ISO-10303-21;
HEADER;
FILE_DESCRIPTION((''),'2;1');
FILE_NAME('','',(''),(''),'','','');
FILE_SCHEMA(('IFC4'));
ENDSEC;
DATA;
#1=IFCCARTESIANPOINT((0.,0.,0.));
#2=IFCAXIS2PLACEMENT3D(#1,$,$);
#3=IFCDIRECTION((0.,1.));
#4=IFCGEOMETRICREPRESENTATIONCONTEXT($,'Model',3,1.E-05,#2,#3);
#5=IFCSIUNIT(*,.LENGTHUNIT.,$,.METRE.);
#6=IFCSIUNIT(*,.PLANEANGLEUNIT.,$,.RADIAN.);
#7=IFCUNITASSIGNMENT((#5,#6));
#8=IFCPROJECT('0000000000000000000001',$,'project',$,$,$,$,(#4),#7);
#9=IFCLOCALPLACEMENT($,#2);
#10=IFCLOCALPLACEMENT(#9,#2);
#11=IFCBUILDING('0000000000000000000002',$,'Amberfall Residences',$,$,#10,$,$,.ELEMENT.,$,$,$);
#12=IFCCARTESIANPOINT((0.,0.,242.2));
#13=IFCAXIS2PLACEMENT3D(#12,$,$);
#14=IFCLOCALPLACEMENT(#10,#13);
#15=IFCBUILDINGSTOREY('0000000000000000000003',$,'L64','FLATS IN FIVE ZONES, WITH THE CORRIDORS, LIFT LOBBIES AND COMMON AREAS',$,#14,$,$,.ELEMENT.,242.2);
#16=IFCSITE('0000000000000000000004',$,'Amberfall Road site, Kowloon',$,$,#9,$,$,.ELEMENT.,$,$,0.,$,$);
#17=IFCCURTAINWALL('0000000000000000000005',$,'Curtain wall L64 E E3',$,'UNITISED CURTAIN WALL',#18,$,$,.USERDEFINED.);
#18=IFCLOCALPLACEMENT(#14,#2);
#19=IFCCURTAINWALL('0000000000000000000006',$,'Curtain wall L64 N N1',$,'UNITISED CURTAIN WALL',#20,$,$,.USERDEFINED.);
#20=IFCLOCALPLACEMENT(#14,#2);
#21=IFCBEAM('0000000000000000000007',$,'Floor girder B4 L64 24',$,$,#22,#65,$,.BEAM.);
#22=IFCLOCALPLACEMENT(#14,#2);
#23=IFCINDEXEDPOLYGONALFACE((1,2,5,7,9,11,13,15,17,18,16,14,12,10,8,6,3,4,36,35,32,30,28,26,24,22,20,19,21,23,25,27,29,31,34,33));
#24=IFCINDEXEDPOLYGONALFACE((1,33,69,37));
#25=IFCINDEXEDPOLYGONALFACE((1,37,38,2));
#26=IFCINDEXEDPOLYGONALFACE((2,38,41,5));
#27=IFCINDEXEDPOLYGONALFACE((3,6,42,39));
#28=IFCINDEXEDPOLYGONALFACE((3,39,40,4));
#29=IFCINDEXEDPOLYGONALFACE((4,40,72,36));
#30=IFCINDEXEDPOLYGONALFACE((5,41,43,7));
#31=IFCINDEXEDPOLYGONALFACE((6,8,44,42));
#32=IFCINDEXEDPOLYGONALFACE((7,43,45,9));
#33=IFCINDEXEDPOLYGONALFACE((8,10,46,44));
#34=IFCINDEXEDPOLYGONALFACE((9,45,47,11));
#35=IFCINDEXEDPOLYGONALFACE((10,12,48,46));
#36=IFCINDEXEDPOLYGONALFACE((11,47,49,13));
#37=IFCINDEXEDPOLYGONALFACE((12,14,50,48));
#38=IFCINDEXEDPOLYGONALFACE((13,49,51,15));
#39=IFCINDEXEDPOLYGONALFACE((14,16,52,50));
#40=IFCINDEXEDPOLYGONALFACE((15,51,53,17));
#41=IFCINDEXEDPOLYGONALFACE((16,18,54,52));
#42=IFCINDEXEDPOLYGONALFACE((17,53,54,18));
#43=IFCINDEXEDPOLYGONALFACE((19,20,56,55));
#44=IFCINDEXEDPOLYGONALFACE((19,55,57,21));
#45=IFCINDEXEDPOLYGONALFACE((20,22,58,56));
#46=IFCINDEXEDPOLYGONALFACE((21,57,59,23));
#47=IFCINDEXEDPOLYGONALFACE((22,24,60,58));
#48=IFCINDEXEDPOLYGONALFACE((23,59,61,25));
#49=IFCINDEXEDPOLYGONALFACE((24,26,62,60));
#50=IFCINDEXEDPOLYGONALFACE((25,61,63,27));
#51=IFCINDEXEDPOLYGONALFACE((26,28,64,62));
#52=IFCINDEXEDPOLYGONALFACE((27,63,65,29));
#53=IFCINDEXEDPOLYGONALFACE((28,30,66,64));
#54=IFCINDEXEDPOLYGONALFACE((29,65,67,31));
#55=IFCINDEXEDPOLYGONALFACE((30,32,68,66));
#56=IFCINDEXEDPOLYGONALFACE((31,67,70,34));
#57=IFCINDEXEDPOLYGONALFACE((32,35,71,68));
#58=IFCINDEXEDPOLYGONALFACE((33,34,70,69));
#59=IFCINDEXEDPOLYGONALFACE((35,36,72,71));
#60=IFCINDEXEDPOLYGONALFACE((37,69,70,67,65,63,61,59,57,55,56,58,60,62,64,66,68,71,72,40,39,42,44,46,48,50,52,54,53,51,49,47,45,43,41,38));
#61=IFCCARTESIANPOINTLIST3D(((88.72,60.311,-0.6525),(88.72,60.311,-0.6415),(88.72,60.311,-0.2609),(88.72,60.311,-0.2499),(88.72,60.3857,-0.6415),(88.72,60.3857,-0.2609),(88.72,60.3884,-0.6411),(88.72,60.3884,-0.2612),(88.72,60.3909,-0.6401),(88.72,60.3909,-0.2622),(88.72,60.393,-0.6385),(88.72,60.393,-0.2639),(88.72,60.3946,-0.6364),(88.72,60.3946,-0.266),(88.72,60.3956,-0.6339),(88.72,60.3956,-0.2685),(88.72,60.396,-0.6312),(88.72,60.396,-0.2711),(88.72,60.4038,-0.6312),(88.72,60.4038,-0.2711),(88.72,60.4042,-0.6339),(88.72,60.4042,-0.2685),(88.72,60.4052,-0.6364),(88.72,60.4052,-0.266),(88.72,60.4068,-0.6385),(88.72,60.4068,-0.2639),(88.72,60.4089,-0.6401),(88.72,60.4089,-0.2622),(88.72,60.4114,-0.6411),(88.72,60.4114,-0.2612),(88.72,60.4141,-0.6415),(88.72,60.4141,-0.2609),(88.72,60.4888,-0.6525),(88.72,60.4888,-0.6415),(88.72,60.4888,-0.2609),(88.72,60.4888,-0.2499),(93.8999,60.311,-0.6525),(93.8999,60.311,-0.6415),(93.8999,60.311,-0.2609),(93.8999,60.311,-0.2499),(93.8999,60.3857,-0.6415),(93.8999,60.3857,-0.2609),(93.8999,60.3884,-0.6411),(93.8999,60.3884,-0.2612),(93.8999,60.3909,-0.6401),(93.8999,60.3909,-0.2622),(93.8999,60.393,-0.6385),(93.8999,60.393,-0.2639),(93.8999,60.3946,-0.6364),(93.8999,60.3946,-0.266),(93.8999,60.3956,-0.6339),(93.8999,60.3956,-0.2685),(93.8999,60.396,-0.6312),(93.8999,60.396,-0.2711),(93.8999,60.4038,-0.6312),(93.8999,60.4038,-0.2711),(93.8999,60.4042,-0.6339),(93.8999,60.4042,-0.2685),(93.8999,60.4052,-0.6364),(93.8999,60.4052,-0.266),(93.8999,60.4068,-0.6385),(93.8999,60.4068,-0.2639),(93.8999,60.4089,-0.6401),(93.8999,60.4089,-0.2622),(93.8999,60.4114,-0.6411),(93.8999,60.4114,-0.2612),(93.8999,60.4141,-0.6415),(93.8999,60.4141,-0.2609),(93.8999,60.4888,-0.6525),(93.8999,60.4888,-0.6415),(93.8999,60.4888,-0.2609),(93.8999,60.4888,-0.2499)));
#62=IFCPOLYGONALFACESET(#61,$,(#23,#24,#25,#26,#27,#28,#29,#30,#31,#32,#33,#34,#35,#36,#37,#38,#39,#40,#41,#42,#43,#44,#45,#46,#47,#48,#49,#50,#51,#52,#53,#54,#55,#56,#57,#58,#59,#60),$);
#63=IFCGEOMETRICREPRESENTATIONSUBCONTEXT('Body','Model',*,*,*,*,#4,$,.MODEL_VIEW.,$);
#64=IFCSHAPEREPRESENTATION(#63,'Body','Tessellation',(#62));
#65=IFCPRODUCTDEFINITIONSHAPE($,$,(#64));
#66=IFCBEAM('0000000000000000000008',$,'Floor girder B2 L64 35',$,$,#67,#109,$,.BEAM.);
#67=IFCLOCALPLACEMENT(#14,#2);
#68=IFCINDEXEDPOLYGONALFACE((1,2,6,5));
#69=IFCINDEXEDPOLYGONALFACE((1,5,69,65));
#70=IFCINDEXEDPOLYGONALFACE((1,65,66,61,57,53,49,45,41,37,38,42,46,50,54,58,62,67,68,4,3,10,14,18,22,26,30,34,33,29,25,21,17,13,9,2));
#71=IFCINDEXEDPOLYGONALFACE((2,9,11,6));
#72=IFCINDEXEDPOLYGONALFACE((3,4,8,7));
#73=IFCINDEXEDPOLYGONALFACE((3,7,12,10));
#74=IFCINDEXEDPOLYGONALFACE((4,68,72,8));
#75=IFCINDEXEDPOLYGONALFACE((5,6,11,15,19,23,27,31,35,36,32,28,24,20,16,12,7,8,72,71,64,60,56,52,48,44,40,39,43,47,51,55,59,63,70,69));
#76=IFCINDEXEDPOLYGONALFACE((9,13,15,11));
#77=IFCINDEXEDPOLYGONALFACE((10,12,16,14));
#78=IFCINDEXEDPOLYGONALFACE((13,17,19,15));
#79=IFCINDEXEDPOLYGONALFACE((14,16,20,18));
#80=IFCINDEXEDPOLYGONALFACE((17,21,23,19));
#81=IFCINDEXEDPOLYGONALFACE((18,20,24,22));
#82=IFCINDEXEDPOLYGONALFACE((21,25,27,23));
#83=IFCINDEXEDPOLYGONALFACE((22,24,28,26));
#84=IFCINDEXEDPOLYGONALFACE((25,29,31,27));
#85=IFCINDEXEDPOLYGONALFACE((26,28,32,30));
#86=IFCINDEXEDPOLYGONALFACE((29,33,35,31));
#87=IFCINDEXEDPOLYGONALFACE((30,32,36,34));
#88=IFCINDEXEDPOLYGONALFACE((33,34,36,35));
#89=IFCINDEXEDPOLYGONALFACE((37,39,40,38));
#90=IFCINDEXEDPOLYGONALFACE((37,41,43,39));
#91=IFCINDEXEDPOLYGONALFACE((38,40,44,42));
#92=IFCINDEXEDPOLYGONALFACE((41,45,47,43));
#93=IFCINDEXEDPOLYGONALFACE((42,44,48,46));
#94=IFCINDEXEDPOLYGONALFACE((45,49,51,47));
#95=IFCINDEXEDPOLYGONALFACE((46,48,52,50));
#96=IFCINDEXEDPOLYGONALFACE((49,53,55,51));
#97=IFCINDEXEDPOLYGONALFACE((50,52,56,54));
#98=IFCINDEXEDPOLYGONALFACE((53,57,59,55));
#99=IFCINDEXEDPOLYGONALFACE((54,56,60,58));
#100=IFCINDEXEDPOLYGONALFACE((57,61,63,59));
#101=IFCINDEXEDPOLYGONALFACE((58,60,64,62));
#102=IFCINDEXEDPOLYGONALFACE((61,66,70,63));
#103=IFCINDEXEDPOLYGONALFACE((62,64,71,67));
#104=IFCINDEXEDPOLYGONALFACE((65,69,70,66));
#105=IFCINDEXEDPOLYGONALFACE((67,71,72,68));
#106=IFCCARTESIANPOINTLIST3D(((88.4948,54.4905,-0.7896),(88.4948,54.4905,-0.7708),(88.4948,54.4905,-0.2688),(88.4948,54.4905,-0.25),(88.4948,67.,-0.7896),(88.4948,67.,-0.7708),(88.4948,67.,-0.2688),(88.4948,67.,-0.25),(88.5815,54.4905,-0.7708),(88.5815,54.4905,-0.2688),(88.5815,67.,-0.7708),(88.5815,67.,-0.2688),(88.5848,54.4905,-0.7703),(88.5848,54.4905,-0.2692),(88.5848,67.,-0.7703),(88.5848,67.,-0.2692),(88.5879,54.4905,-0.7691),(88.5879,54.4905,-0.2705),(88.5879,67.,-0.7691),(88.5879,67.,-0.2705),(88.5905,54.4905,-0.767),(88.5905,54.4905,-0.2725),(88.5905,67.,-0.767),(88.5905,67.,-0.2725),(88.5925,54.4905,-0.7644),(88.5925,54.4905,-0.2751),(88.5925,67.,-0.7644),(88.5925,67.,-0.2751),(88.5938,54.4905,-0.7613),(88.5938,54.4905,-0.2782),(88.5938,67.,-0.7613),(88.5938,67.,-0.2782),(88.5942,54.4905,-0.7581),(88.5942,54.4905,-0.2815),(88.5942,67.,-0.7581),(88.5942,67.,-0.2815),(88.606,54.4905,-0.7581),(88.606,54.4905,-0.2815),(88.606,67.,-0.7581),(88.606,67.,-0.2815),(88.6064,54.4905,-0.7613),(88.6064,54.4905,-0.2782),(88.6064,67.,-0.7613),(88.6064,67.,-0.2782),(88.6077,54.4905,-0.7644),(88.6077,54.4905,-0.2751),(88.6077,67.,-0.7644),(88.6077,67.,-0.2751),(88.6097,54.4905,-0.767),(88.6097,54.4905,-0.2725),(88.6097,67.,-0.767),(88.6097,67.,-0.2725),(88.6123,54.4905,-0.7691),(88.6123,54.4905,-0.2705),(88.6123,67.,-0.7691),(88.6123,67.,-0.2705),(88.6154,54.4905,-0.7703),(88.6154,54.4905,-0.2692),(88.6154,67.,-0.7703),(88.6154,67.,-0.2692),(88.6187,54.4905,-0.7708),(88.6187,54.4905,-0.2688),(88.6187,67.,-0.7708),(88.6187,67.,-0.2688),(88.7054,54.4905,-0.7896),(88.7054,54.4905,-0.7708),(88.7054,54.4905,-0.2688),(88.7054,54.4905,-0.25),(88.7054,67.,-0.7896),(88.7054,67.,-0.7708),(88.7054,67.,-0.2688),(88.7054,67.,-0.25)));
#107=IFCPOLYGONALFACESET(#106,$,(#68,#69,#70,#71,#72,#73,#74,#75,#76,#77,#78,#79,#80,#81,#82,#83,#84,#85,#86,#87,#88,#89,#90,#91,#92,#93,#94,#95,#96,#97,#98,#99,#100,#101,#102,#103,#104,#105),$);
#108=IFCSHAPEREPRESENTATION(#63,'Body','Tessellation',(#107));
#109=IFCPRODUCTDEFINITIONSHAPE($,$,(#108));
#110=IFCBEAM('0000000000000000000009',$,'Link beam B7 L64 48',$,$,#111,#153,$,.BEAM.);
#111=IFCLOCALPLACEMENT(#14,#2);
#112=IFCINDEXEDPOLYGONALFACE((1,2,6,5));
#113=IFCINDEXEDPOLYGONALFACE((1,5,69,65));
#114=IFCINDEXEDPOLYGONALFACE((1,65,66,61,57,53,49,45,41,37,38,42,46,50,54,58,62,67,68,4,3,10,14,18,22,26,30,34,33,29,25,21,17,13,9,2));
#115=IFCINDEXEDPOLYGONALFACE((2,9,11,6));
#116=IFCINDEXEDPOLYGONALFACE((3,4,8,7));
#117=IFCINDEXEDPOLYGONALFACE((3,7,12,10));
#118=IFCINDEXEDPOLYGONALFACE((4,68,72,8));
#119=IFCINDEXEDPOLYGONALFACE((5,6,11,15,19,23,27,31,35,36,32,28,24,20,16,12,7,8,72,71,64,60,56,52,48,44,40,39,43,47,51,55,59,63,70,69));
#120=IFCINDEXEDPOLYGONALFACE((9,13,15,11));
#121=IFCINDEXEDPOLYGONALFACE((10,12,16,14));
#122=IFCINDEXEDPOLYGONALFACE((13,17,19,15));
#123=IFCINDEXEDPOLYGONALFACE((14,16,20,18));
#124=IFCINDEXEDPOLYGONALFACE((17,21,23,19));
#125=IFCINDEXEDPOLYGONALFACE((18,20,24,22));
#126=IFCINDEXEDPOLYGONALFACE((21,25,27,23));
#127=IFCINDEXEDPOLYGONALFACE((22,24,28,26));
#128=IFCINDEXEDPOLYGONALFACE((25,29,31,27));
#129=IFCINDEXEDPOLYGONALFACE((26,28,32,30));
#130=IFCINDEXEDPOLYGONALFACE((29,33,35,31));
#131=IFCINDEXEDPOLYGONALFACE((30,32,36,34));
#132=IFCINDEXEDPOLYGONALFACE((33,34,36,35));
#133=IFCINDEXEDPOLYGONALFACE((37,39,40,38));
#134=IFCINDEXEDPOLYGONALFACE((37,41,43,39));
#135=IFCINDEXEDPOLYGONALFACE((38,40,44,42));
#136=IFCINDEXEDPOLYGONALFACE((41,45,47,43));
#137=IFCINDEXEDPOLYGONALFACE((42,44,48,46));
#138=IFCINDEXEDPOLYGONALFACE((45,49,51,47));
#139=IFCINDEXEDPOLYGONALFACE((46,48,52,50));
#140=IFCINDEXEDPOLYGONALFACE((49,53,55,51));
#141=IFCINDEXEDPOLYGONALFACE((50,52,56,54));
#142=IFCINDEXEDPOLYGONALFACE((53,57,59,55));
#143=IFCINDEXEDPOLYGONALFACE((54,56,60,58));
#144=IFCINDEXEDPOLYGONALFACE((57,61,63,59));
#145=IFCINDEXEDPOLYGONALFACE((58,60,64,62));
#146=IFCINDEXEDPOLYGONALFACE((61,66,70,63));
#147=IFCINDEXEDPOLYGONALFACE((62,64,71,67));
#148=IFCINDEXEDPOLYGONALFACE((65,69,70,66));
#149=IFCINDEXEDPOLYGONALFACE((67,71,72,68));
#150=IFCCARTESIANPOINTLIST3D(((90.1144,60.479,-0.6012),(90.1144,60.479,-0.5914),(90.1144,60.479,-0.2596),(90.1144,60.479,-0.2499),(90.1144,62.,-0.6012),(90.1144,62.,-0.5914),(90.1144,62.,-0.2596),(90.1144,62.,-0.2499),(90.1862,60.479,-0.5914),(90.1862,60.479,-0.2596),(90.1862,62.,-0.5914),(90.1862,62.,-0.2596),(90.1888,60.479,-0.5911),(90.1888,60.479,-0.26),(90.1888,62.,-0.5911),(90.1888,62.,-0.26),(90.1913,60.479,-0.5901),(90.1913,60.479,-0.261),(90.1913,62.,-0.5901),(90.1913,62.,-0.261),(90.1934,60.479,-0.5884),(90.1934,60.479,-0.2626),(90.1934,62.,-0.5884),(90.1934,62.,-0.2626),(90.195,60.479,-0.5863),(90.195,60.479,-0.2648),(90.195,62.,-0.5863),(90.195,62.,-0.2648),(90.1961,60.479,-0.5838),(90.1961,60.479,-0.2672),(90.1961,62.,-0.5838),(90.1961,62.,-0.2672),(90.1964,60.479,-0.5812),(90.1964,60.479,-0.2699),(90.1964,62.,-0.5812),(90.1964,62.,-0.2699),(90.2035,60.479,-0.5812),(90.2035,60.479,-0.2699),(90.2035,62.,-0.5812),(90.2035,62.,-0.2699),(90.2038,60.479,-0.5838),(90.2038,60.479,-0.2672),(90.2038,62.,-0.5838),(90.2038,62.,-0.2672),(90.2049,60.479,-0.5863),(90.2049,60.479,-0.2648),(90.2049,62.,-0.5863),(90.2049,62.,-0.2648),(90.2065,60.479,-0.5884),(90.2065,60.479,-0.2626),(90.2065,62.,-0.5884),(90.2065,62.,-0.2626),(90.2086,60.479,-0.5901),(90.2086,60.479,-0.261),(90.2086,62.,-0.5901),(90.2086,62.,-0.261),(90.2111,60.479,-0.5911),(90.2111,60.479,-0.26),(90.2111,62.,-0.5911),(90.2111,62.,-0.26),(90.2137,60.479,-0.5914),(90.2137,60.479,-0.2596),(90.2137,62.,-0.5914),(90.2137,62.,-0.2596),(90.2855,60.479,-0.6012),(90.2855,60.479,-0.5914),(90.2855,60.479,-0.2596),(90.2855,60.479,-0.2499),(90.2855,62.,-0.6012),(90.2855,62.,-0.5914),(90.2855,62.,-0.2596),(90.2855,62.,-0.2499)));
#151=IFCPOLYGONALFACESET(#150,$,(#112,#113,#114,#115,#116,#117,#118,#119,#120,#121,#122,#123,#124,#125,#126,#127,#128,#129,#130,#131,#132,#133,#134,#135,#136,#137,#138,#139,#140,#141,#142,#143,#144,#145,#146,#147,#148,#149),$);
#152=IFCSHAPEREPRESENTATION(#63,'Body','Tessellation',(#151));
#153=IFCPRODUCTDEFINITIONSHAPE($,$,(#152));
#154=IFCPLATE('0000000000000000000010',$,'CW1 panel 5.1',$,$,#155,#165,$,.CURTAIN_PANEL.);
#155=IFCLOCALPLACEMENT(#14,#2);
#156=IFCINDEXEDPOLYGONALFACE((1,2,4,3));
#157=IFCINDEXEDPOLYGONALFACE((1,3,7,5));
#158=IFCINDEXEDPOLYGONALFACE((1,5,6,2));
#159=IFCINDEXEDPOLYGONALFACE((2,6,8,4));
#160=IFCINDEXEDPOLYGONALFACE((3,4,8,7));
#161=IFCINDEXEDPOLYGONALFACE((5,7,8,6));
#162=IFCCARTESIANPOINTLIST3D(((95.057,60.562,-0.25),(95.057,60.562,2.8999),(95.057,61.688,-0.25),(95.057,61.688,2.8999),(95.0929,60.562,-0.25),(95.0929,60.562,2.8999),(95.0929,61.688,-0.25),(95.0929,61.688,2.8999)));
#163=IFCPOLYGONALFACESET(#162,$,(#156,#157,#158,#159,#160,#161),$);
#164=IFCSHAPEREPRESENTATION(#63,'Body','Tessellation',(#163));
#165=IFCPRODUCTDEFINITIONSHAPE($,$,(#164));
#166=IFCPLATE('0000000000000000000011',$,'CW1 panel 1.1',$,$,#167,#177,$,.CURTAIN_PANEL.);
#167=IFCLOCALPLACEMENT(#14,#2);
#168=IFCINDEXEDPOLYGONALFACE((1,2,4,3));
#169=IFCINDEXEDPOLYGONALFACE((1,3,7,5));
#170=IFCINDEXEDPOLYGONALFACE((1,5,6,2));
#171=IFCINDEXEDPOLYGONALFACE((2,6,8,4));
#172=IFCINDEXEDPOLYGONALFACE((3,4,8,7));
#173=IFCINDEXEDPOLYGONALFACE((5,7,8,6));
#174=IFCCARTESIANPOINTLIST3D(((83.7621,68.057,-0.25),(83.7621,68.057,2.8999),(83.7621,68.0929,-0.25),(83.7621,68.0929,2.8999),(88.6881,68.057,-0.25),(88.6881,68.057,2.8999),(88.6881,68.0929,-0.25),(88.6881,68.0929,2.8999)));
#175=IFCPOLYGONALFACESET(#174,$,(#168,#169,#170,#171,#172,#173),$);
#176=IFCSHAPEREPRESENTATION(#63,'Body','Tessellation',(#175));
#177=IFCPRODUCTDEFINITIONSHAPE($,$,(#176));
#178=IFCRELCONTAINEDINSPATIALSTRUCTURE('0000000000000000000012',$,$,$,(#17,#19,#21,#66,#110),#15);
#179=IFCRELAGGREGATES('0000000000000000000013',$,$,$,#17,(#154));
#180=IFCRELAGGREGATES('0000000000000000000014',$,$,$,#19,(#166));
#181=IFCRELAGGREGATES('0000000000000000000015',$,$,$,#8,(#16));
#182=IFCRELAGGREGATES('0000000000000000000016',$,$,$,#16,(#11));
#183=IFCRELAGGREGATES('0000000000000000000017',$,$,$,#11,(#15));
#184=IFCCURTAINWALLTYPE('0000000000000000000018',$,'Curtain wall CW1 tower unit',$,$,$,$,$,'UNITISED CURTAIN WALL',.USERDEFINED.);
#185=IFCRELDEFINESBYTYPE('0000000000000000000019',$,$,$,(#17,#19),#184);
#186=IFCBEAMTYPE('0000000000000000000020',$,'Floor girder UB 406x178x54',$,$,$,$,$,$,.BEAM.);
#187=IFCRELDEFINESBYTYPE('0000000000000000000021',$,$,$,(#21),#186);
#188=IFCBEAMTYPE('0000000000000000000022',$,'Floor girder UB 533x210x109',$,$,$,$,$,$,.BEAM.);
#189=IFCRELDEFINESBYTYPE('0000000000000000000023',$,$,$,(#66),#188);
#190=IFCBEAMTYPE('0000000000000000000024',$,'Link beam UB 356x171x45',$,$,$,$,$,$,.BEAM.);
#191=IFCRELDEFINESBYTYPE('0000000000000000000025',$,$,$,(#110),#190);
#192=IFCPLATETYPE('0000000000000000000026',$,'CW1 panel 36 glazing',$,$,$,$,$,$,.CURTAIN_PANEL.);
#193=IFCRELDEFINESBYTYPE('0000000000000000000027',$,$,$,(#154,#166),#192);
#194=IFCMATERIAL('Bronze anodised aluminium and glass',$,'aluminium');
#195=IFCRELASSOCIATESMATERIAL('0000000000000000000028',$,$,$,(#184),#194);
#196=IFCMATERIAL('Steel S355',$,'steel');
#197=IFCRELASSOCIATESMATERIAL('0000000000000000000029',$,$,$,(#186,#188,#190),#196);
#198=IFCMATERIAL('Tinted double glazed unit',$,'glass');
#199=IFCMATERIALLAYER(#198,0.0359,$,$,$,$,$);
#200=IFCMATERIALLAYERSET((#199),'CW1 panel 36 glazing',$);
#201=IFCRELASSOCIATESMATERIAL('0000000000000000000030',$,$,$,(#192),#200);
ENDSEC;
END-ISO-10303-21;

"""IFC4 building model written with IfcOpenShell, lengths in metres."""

from ifc_helpers import new_model, si_unit, direction, frame, origin, origin_2d, place, context, subcontext, project, spatial, rectangle, i_section, extrude, material, layer, layer_set, material_profile, profile_set, type_object, element, aggregate, save


model = new_model("IFC4")

# Units and contexts
model_context = context("Model", 3, precision=1e-05, world=origin(), true_north=direction((0.0, 1.0)))
body_context = subcontext(model_context, "Body", "Model", "MODEL_VIEW")
ifc_project = project(units=[si_unit("LENGTHUNIT", "METRE"), si_unit("PLANEANGLEUNIT", "RADIAN")], contexts=[model_context])

# Site, building, storey
site_placement = place(None, origin())
site = spatial("IfcSite", under=ifc_project, at=site_placement, Name="Amberfall Road site, Kowloon", CompositionType="ELEMENT", RefElevation=0.0)
building_placement = place(site_placement, origin())
building = spatial("IfcBuilding", under=site, at=building_placement, Name="Amberfall Residences", CompositionType="ELEMENT")
storey_placement = place(building_placement, frame((0.0, 0.0, 242.2)))
storey = spatial("IfcBuildingStorey", under=building, at=storey_placement, Name="L64", Description="FLATS IN FIVE ZONES, WITH THE CORRIDORS, LIFT LOBBIES AND COMMON AREAS", CompositionType="ELEMENT", Elevation=242.2)

# Curtain walls
ifc_material_1 = material(Name="Bronze anodised aluminium and glass", Category="aluminium")
curtain_wall_type = type_object("IfcCurtainWallType", Name="Curtain wall CW1 tower unit", ElementType="UNITISED CURTAIN WALL", PredefinedType="USERDEFINED", material=ifc_material_1)
curtain_wall_1_placement = place(storey_placement, origin())
curtain_wall_1 = element("IfcCurtainWall", 1, at=curtain_wall_1_placement, inside=storey, type_object=curtain_wall_type, Name="Curtain wall L64 E E3", ObjectType="UNITISED CURTAIN WALL", PredefinedType="USERDEFINED")
curtain_wall_2_placement = place(storey_placement, origin())
curtain_wall_2 = element("IfcCurtainWall", 2, at=curtain_wall_2_placement, inside=storey, type_object=curtain_wall_type, Name="Curtain wall L64 N N1", ObjectType="UNITISED CURTAIN WALL", PredefinedType="USERDEFINED")

# Shared definitions
ifc_material_2 = material(Name="Steel S355", Category="steel")

# Beams
ifc_material_profile_1 = material_profile(ifc_material_2, i_section(OverallWidth=0.1777, OverallDepth=0.4026, WebThickness=0.0078, FlangeThickness=0.011, FilletRadius=0.0103, at=origin_2d()), Name="UB 406x178x54")
ifc_profile_set_1 = profile_set([ifc_material_profile_1], Name="Steel S355")
beam_type_1 = type_object("IfcBeamType", Name="Floor girder UB 406x178x54", PredefinedType="BEAM", material=ifc_profile_set_1)
beam_1_placement = place(storey_placement, frame((93.8999, 60.3999, -0.4512), z_axis=(-1.0, 0.0, 0.0), x_axis=(0.0, -1.0, 0.0)))
element("IfcBeam", 3, at=beam_1_placement, inside=storey, type_object=beam_type_1, Name="Floor girder B4 L64 24", PredefinedType="BEAM", context=body_context, shape_type="SweptSolid", body=[
    extrude(i_section(OverallWidth=0.1777, OverallDepth=0.4026, WebThickness=0.0078, FlangeThickness=0.011, FilletRadius=0.0103, at=origin_2d()), origin(), (0.0, 0.0, 1.0), 5.1799),
])
ifc_material_profile_2 = material_profile(ifc_material_2, i_section(OverallWidth=0.2107, OverallDepth=0.5396, WebThickness=0.0117, FlangeThickness=0.0188, FilletRadius=0.0127, at=origin_2d()), Name="UB 533x210x109")
ifc_profile_set_2 = profile_set([ifc_material_profile_2], Name="Steel S355")
beam_type_2 = type_object("IfcBeamType", Name="Floor girder UB 533x210x109", PredefinedType="BEAM", material=ifc_profile_set_2)
beam_2_placement = place(storey_placement, frame((88.6001, 67.0, -0.5198), z_axis=(0.0, -1.0, 0.0), x_axis=(1.0, 0.0, 0.0)))
element("IfcBeam", 4, at=beam_2_placement, inside=storey, type_object=beam_type_2, Name="Floor girder B2 L64 35", PredefinedType="BEAM", context=body_context, shape_type="SweptSolid", body=[
    extrude(i_section(OverallWidth=0.2107, OverallDepth=0.5396, WebThickness=0.0117, FlangeThickness=0.0188, FilletRadius=0.0127, at=origin_2d()), origin(), (0.0, 0.0, 1.0), 12.5095),
])
ifc_material_profile_3 = material_profile(ifc_material_2, i_section(OverallWidth=0.1711, OverallDepth=0.3513, WebThickness=0.0071, FlangeThickness=0.0098, FilletRadius=0.0103, at=origin_2d()), Name="UB 356x171x45")
ifc_profile_set_3 = profile_set([ifc_material_profile_3], Name="Steel S355")
beam_type_3 = type_object("IfcBeamType", Name="Link beam UB 356x171x45", PredefinedType="BEAM", material=ifc_profile_set_3)
beam_3_placement = place(storey_placement, frame((90.2, 62.0, -0.4255), z_axis=(0.0, -1.0, 0.0), x_axis=(1.0, 0.0, 0.0)))
element("IfcBeam", 5, at=beam_3_placement, inside=storey, type_object=beam_type_3, Name="Link beam B7 L64 48", PredefinedType="BEAM", context=body_context, shape_type="SweptSolid", body=[
    extrude(i_section(OverallWidth=0.1711, OverallDepth=0.3513, WebThickness=0.0071, FlangeThickness=0.0098, FilletRadius=0.0103, at=origin_2d()), origin(), (0.0, 0.0, 1.0), 1.521),
])

# Plates
ifc_material_3 = material(Name="Tinted double glazed unit", Category="glass")
ifc_layer_1 = layer(ifc_material_3, 0.0359)
ifc_layer_set_1 = layer_set([ifc_layer_1], Name="CW1 panel 36 glazing")
plate_type = type_object("IfcPlateType", Name="CW1 panel 36 glazing", PredefinedType="CURTAIN_PANEL", material=ifc_layer_set_1)
plate_1_placement = place(storey_placement, frame((95.075, 61.125, -0.25), z_axis=(0.0, 0.0, 1.0), x_axis=(0.0, 1.0, 0.0)))
plate_1 = element("IfcPlate", 6, at=plate_1_placement, type_object=plate_type, Name="CW1 panel 5.1", PredefinedType="CURTAIN_PANEL", context=body_context, shape_type="SweptSolid", body=[
    extrude(rectangle(XDim=1.126, YDim=0.0359, at=origin_2d()), origin(), (0.0, 0.0, 1.0), 3.1499),
])
aggregate(curtain_wall_1, [plate_1])
plate_2_placement = place(storey_placement, frame((86.2251, 68.075, -0.25), z_axis=(0.0, 0.0, 1.0), x_axis=(-1.0, 0.0, 0.0)))
plate_2 = element("IfcPlate", 7, at=plate_2_placement, type_object=plate_type, Name="CW1 panel 1.1", PredefinedType="CURTAIN_PANEL", context=body_context, shape_type="SweptSolid", body=[
    extrude(rectangle(XDim=4.926, YDim=0.0359, at=origin_2d()), origin(), (0.0, 0.0, 1.0), 3.1499),
])
aggregate(curtain_wall_2, [plate_2])

save(model, "model.ifc")
